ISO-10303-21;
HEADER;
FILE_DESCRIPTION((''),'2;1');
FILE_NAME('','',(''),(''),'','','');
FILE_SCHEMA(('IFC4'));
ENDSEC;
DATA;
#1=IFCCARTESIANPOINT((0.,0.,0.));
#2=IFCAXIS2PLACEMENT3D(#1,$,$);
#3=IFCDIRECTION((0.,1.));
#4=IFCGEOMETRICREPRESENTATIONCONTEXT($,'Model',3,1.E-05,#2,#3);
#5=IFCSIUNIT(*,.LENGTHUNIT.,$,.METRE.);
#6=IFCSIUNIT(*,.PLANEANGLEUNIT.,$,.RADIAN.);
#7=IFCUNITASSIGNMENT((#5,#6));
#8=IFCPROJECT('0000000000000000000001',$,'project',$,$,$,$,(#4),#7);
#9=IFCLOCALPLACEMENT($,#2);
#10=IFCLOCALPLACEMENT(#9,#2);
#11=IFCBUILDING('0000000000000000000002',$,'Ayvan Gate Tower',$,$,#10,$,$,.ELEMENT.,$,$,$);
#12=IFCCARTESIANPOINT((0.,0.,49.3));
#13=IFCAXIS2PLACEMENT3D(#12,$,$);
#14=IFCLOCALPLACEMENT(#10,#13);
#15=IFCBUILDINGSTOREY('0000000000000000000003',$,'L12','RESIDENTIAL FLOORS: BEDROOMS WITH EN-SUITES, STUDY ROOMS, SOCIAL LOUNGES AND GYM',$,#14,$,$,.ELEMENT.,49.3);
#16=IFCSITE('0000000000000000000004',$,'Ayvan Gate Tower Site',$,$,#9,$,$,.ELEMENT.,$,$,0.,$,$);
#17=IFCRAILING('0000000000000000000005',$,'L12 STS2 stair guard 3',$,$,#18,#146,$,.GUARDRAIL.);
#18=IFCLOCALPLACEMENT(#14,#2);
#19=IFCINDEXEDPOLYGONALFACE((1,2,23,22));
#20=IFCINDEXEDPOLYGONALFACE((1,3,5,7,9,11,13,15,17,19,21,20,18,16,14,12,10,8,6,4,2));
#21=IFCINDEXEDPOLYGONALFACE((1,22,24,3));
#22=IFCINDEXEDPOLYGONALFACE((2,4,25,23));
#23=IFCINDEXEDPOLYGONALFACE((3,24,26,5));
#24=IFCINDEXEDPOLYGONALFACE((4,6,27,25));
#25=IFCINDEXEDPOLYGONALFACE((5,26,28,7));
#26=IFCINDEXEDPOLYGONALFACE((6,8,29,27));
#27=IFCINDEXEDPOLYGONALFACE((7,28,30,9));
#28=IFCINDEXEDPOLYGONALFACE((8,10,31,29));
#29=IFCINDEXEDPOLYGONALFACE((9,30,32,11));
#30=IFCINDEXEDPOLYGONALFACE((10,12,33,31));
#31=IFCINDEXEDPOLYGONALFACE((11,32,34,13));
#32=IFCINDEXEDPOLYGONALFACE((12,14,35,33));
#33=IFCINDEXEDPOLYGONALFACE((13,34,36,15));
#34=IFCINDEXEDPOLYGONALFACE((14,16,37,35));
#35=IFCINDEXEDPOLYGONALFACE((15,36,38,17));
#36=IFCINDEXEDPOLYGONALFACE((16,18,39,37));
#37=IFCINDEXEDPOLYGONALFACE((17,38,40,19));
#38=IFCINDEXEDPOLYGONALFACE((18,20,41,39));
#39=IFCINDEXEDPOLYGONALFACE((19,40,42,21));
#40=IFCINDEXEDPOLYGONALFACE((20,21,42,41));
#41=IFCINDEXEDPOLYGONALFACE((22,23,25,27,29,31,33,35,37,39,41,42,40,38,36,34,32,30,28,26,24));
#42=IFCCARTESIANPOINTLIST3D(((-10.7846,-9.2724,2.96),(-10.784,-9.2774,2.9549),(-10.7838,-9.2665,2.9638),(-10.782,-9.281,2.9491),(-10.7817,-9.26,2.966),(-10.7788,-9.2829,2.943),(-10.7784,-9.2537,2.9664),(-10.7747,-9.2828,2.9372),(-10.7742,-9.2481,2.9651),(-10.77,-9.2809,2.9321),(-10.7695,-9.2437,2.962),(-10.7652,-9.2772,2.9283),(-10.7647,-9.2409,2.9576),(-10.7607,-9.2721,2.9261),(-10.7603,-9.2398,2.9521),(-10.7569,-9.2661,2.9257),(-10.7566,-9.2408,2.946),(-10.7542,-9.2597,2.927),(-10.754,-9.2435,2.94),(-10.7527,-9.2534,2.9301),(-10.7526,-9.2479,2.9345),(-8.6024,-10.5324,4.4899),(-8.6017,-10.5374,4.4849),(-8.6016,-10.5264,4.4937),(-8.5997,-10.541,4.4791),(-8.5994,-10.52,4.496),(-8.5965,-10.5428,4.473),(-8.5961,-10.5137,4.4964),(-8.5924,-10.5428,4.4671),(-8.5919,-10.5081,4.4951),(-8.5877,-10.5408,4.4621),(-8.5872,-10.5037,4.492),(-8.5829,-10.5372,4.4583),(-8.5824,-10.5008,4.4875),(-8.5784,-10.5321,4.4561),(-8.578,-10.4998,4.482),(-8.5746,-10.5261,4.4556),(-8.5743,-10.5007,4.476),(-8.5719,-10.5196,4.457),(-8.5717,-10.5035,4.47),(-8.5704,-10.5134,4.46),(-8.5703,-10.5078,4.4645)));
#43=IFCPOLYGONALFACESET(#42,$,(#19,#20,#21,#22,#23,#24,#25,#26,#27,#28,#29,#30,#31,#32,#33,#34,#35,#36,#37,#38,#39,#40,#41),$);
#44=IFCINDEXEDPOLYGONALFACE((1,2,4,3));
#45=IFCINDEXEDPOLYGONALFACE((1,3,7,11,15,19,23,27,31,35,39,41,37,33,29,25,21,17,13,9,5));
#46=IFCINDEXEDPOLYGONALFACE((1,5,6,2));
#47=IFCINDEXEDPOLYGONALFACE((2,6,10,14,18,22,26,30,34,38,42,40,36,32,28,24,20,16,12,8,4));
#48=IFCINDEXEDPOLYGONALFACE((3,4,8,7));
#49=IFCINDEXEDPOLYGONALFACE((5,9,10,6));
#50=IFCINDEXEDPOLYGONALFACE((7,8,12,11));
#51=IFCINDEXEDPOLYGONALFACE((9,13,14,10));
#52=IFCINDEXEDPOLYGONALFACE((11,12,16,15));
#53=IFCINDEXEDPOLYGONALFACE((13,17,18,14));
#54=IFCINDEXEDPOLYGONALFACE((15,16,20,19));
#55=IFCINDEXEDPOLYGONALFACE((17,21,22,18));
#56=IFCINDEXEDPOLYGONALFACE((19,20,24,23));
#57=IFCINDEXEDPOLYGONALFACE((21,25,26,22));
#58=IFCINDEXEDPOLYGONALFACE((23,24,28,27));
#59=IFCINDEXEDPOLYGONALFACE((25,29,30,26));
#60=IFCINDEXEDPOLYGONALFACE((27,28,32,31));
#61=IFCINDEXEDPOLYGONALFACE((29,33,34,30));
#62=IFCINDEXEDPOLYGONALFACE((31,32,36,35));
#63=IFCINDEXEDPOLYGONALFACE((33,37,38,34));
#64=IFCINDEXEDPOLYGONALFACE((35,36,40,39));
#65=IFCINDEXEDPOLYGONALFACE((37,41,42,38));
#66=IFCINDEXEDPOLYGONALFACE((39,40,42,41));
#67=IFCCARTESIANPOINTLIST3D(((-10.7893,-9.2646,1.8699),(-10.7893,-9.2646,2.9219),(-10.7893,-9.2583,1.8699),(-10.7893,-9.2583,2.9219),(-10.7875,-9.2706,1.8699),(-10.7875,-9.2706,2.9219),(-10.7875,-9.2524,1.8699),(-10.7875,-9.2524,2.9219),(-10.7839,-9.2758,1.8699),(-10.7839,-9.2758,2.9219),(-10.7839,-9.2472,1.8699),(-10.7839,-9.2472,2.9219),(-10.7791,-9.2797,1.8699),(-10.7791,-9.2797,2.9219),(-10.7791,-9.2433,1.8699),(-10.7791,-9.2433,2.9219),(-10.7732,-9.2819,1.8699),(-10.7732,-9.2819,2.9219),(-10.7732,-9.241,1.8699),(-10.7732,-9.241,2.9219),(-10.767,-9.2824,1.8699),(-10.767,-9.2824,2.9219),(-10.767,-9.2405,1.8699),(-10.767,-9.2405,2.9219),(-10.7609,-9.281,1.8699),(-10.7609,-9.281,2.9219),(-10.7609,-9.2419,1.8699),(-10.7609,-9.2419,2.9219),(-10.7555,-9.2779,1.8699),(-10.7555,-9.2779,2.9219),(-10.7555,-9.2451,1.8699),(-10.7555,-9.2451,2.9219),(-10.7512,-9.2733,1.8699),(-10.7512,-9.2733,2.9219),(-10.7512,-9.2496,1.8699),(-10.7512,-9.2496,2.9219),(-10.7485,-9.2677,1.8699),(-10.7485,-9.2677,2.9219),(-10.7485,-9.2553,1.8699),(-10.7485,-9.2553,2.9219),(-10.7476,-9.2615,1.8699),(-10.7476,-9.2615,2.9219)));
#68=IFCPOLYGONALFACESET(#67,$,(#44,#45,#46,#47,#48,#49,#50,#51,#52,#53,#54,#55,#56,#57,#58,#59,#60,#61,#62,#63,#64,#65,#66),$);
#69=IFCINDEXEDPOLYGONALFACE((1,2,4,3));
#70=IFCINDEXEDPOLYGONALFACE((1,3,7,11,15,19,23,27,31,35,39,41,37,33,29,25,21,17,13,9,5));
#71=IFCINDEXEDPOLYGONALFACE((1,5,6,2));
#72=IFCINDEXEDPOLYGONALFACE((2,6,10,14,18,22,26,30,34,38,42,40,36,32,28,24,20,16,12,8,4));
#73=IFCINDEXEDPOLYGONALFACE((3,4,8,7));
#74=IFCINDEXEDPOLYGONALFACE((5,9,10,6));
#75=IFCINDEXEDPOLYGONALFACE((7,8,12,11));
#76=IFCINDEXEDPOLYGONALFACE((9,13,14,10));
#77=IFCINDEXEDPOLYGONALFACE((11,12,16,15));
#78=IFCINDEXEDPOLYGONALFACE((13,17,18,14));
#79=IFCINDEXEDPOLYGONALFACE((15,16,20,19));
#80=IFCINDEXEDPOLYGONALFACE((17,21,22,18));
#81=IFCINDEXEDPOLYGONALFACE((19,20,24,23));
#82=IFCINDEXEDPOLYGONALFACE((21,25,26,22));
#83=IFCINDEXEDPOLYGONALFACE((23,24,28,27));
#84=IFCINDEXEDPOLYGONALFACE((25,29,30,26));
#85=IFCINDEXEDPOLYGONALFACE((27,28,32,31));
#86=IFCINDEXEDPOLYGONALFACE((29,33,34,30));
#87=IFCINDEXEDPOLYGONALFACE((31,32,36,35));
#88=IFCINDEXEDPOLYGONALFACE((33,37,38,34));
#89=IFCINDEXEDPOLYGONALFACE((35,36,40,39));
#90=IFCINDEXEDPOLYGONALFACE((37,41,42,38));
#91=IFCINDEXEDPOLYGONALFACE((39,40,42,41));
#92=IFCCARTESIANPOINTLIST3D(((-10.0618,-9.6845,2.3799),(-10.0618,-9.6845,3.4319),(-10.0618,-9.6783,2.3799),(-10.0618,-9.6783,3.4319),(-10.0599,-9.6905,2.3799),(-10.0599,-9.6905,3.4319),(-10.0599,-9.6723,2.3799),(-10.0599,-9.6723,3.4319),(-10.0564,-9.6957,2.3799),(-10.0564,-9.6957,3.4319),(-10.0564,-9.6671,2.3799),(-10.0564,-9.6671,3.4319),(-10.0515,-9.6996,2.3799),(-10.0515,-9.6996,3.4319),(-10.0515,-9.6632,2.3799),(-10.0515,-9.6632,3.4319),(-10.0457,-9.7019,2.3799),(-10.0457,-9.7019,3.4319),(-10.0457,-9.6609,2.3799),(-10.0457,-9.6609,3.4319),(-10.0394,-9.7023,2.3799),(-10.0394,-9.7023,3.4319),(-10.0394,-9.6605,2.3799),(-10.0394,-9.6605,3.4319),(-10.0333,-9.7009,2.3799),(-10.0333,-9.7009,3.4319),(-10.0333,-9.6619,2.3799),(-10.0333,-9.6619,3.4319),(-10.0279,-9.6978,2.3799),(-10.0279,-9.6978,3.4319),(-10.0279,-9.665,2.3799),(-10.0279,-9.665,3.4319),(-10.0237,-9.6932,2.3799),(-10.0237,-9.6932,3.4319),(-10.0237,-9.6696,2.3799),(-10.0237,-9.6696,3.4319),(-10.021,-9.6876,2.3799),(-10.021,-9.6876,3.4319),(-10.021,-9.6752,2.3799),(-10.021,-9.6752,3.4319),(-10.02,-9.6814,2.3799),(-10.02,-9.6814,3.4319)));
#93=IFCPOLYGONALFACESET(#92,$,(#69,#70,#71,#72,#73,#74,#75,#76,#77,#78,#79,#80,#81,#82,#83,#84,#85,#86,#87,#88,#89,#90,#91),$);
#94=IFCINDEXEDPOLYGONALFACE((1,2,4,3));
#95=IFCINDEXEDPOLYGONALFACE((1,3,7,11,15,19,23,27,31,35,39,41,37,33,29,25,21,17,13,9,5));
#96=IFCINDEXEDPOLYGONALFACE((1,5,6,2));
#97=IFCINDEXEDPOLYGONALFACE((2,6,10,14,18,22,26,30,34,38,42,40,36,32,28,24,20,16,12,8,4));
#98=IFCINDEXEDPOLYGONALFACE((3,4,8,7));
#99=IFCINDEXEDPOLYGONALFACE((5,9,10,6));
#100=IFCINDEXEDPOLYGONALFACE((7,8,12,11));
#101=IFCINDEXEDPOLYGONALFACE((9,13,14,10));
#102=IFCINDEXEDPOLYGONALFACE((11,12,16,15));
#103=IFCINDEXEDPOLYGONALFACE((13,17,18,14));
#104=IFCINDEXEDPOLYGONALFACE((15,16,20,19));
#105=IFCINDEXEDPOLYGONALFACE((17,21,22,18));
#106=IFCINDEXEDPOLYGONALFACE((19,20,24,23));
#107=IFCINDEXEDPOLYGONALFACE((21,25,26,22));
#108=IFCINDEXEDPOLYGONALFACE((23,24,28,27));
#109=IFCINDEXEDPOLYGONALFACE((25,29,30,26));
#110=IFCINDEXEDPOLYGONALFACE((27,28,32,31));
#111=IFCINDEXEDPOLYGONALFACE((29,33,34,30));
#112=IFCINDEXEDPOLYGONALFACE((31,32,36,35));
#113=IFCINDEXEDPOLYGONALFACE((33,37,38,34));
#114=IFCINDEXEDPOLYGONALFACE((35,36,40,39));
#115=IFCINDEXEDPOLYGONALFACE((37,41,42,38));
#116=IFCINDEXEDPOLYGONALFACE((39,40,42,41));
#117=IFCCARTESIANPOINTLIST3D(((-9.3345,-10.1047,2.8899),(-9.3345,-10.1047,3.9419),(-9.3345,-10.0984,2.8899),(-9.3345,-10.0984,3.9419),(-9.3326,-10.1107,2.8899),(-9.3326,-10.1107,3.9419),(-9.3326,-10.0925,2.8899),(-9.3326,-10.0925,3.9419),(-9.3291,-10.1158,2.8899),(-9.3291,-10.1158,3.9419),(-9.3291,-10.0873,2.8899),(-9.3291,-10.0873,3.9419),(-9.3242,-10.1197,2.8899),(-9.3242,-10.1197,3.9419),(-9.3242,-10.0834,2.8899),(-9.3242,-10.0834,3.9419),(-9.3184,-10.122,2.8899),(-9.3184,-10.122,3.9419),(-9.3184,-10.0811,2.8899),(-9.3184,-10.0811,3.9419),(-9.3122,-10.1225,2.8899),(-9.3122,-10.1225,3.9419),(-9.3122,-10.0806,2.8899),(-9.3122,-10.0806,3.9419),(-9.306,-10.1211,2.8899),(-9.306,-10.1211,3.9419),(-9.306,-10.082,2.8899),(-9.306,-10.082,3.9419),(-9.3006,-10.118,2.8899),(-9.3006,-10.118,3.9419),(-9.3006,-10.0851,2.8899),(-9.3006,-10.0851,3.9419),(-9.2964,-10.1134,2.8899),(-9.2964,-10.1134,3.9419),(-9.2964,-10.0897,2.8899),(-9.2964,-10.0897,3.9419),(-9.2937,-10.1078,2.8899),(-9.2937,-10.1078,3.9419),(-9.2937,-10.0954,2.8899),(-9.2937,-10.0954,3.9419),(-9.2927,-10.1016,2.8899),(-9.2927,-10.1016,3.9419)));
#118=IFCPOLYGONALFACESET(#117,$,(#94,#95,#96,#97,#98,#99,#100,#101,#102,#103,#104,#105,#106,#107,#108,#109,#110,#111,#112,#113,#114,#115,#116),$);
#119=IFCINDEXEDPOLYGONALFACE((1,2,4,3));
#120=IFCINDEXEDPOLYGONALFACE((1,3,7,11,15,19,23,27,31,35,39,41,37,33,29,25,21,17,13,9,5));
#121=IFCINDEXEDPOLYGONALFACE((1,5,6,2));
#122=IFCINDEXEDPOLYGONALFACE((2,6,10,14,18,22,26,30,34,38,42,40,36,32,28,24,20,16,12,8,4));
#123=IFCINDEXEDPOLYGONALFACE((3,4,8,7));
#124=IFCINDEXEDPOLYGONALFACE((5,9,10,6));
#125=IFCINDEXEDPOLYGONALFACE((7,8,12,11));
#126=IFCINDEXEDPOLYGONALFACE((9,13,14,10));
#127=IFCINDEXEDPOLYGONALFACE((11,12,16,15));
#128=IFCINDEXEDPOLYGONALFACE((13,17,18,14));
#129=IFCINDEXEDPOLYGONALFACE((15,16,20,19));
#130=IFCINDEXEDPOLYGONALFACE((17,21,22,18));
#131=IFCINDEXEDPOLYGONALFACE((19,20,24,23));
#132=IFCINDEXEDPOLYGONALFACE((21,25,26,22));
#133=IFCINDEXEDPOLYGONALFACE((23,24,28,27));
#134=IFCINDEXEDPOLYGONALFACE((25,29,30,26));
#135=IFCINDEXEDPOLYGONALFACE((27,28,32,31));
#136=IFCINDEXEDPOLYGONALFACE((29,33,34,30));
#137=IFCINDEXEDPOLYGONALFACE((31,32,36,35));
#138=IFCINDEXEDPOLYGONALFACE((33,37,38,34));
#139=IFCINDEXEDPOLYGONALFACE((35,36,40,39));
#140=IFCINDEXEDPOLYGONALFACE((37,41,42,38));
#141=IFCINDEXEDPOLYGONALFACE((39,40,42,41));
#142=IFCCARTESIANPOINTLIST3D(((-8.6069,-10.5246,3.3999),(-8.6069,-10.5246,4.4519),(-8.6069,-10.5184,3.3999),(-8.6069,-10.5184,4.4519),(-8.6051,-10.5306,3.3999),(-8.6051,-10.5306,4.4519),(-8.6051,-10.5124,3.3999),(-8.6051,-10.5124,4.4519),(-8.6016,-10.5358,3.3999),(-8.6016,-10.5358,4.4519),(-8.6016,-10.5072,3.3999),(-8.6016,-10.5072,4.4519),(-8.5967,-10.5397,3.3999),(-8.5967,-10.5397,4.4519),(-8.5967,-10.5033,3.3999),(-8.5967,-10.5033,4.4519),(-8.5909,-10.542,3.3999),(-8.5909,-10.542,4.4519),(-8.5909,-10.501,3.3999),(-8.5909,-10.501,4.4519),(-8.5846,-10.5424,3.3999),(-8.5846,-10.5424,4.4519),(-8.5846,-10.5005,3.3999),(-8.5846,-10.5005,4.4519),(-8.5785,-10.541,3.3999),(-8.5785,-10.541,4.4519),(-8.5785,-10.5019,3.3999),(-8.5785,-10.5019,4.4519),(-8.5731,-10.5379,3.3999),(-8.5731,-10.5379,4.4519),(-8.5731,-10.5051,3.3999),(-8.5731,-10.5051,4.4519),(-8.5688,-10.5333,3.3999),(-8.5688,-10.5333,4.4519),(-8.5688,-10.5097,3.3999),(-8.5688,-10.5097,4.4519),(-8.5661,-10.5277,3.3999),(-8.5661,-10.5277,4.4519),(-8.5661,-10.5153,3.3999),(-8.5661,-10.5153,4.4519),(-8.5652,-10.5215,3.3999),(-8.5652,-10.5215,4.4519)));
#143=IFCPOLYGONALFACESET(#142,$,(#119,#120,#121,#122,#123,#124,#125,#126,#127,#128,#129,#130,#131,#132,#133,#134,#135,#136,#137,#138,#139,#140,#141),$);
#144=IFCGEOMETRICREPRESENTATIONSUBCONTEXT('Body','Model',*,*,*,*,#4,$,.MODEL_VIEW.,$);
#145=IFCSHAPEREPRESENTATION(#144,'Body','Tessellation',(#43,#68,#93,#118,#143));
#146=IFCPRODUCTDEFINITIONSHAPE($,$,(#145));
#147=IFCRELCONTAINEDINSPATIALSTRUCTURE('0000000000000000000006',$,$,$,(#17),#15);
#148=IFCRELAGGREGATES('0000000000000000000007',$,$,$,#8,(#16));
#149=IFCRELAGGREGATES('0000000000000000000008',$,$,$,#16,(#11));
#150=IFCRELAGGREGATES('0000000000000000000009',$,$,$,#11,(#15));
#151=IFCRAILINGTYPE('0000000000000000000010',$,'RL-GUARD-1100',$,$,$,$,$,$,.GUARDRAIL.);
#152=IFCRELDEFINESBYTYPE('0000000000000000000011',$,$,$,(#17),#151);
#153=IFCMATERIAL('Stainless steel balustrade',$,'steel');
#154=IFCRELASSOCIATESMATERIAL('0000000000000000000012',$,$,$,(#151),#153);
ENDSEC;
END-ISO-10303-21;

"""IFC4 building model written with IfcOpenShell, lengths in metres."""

from ifc_helpers import new_model, si_unit, direction, frame, origin, origin_2d, place, context, subcontext, project, spatial, circle, extrude, material, type_object, element, save


model = new_model("IFC4")

# Units and contexts
model_context = context("Model", 3, precision=1e-05, world=origin(), true_north=direction((0.0, 1.0)))
body_context = subcontext(model_context, "Body", "Model", "MODEL_VIEW")
ifc_project = project(units=[si_unit("LENGTHUNIT", "METRE"), si_unit("PLANEANGLEUNIT", "RADIAN")], contexts=[model_context])

# Site, building, storey
site_placement = place(None, origin())
site = spatial("IfcSite", under=ifc_project, at=site_placement, Name="Ayvan Gate Tower Site", CompositionType="ELEMENT", RefElevation=0.0)
building_placement = place(site_placement, origin())
building = spatial("IfcBuilding", under=site, at=building_placement, Name="Ayvan Gate Tower", CompositionType="ELEMENT")
storey_placement = place(building_placement, frame((0.0, 0.0, 49.3)))
storey = spatial("IfcBuildingStorey", under=building, at=storey_placement, Name="L12", Description="RESIDENTIAL FLOORS: BEDROOMS WITH EN-SUITES, STUDY ROOMS, SOCIAL LOUNGES AND GYM", CompositionType="ELEMENT", Elevation=49.3)

# Railing
ifc_material_1 = material(Name="Stainless steel balustrade", Category="steel")
railing_type_1 = type_object("IfcRailingType", Name="RL-GUARD-1100", PredefinedType="GUARDRAIL", material=ifc_material_1)
railing_1_placement = place(storey_placement, frame((-10.7686, -9.2615, 1.8699)))
element("IfcRailing", 1, at=railing_1_placement, inside=storey, type_object=railing_type_1, Name="L12 STS2 stair guard 3", PredefinedType="GUARDRAIL", context=body_context, shape_type="SweptSolid", body=[
    extrude(circle(Radius=0.0239, at=origin_2d()), frame((0.0, 0.0, 1.0762), z_axis=(0.740261, -0.427395, 0.518986), x_axis=(0.500005, 0.866023, 0.0)), (0.0, 0.0, 1.0), 2.948),
    extrude(circle(Radius=0.021, at=origin_2d()), origin(), (0.0, 0.0, 1.0), 1.052),
    extrude(circle(Radius=0.021, at=origin_2d()), frame((0.7275, -0.4199, 0.51)), (0.0, 0.0, 1.0), 1.052),
    extrude(circle(Radius=0.021, at=origin_2d()), frame((1.4548, -0.8401, 1.02)), (0.0, 0.0, 1.0), 1.052),
    extrude(circle(Radius=0.021, at=origin_2d()), frame((2.1824, -1.26, 1.53)), (0.0, 0.0, 1.0), 1.052),
])

save(model, "model.ifc")
